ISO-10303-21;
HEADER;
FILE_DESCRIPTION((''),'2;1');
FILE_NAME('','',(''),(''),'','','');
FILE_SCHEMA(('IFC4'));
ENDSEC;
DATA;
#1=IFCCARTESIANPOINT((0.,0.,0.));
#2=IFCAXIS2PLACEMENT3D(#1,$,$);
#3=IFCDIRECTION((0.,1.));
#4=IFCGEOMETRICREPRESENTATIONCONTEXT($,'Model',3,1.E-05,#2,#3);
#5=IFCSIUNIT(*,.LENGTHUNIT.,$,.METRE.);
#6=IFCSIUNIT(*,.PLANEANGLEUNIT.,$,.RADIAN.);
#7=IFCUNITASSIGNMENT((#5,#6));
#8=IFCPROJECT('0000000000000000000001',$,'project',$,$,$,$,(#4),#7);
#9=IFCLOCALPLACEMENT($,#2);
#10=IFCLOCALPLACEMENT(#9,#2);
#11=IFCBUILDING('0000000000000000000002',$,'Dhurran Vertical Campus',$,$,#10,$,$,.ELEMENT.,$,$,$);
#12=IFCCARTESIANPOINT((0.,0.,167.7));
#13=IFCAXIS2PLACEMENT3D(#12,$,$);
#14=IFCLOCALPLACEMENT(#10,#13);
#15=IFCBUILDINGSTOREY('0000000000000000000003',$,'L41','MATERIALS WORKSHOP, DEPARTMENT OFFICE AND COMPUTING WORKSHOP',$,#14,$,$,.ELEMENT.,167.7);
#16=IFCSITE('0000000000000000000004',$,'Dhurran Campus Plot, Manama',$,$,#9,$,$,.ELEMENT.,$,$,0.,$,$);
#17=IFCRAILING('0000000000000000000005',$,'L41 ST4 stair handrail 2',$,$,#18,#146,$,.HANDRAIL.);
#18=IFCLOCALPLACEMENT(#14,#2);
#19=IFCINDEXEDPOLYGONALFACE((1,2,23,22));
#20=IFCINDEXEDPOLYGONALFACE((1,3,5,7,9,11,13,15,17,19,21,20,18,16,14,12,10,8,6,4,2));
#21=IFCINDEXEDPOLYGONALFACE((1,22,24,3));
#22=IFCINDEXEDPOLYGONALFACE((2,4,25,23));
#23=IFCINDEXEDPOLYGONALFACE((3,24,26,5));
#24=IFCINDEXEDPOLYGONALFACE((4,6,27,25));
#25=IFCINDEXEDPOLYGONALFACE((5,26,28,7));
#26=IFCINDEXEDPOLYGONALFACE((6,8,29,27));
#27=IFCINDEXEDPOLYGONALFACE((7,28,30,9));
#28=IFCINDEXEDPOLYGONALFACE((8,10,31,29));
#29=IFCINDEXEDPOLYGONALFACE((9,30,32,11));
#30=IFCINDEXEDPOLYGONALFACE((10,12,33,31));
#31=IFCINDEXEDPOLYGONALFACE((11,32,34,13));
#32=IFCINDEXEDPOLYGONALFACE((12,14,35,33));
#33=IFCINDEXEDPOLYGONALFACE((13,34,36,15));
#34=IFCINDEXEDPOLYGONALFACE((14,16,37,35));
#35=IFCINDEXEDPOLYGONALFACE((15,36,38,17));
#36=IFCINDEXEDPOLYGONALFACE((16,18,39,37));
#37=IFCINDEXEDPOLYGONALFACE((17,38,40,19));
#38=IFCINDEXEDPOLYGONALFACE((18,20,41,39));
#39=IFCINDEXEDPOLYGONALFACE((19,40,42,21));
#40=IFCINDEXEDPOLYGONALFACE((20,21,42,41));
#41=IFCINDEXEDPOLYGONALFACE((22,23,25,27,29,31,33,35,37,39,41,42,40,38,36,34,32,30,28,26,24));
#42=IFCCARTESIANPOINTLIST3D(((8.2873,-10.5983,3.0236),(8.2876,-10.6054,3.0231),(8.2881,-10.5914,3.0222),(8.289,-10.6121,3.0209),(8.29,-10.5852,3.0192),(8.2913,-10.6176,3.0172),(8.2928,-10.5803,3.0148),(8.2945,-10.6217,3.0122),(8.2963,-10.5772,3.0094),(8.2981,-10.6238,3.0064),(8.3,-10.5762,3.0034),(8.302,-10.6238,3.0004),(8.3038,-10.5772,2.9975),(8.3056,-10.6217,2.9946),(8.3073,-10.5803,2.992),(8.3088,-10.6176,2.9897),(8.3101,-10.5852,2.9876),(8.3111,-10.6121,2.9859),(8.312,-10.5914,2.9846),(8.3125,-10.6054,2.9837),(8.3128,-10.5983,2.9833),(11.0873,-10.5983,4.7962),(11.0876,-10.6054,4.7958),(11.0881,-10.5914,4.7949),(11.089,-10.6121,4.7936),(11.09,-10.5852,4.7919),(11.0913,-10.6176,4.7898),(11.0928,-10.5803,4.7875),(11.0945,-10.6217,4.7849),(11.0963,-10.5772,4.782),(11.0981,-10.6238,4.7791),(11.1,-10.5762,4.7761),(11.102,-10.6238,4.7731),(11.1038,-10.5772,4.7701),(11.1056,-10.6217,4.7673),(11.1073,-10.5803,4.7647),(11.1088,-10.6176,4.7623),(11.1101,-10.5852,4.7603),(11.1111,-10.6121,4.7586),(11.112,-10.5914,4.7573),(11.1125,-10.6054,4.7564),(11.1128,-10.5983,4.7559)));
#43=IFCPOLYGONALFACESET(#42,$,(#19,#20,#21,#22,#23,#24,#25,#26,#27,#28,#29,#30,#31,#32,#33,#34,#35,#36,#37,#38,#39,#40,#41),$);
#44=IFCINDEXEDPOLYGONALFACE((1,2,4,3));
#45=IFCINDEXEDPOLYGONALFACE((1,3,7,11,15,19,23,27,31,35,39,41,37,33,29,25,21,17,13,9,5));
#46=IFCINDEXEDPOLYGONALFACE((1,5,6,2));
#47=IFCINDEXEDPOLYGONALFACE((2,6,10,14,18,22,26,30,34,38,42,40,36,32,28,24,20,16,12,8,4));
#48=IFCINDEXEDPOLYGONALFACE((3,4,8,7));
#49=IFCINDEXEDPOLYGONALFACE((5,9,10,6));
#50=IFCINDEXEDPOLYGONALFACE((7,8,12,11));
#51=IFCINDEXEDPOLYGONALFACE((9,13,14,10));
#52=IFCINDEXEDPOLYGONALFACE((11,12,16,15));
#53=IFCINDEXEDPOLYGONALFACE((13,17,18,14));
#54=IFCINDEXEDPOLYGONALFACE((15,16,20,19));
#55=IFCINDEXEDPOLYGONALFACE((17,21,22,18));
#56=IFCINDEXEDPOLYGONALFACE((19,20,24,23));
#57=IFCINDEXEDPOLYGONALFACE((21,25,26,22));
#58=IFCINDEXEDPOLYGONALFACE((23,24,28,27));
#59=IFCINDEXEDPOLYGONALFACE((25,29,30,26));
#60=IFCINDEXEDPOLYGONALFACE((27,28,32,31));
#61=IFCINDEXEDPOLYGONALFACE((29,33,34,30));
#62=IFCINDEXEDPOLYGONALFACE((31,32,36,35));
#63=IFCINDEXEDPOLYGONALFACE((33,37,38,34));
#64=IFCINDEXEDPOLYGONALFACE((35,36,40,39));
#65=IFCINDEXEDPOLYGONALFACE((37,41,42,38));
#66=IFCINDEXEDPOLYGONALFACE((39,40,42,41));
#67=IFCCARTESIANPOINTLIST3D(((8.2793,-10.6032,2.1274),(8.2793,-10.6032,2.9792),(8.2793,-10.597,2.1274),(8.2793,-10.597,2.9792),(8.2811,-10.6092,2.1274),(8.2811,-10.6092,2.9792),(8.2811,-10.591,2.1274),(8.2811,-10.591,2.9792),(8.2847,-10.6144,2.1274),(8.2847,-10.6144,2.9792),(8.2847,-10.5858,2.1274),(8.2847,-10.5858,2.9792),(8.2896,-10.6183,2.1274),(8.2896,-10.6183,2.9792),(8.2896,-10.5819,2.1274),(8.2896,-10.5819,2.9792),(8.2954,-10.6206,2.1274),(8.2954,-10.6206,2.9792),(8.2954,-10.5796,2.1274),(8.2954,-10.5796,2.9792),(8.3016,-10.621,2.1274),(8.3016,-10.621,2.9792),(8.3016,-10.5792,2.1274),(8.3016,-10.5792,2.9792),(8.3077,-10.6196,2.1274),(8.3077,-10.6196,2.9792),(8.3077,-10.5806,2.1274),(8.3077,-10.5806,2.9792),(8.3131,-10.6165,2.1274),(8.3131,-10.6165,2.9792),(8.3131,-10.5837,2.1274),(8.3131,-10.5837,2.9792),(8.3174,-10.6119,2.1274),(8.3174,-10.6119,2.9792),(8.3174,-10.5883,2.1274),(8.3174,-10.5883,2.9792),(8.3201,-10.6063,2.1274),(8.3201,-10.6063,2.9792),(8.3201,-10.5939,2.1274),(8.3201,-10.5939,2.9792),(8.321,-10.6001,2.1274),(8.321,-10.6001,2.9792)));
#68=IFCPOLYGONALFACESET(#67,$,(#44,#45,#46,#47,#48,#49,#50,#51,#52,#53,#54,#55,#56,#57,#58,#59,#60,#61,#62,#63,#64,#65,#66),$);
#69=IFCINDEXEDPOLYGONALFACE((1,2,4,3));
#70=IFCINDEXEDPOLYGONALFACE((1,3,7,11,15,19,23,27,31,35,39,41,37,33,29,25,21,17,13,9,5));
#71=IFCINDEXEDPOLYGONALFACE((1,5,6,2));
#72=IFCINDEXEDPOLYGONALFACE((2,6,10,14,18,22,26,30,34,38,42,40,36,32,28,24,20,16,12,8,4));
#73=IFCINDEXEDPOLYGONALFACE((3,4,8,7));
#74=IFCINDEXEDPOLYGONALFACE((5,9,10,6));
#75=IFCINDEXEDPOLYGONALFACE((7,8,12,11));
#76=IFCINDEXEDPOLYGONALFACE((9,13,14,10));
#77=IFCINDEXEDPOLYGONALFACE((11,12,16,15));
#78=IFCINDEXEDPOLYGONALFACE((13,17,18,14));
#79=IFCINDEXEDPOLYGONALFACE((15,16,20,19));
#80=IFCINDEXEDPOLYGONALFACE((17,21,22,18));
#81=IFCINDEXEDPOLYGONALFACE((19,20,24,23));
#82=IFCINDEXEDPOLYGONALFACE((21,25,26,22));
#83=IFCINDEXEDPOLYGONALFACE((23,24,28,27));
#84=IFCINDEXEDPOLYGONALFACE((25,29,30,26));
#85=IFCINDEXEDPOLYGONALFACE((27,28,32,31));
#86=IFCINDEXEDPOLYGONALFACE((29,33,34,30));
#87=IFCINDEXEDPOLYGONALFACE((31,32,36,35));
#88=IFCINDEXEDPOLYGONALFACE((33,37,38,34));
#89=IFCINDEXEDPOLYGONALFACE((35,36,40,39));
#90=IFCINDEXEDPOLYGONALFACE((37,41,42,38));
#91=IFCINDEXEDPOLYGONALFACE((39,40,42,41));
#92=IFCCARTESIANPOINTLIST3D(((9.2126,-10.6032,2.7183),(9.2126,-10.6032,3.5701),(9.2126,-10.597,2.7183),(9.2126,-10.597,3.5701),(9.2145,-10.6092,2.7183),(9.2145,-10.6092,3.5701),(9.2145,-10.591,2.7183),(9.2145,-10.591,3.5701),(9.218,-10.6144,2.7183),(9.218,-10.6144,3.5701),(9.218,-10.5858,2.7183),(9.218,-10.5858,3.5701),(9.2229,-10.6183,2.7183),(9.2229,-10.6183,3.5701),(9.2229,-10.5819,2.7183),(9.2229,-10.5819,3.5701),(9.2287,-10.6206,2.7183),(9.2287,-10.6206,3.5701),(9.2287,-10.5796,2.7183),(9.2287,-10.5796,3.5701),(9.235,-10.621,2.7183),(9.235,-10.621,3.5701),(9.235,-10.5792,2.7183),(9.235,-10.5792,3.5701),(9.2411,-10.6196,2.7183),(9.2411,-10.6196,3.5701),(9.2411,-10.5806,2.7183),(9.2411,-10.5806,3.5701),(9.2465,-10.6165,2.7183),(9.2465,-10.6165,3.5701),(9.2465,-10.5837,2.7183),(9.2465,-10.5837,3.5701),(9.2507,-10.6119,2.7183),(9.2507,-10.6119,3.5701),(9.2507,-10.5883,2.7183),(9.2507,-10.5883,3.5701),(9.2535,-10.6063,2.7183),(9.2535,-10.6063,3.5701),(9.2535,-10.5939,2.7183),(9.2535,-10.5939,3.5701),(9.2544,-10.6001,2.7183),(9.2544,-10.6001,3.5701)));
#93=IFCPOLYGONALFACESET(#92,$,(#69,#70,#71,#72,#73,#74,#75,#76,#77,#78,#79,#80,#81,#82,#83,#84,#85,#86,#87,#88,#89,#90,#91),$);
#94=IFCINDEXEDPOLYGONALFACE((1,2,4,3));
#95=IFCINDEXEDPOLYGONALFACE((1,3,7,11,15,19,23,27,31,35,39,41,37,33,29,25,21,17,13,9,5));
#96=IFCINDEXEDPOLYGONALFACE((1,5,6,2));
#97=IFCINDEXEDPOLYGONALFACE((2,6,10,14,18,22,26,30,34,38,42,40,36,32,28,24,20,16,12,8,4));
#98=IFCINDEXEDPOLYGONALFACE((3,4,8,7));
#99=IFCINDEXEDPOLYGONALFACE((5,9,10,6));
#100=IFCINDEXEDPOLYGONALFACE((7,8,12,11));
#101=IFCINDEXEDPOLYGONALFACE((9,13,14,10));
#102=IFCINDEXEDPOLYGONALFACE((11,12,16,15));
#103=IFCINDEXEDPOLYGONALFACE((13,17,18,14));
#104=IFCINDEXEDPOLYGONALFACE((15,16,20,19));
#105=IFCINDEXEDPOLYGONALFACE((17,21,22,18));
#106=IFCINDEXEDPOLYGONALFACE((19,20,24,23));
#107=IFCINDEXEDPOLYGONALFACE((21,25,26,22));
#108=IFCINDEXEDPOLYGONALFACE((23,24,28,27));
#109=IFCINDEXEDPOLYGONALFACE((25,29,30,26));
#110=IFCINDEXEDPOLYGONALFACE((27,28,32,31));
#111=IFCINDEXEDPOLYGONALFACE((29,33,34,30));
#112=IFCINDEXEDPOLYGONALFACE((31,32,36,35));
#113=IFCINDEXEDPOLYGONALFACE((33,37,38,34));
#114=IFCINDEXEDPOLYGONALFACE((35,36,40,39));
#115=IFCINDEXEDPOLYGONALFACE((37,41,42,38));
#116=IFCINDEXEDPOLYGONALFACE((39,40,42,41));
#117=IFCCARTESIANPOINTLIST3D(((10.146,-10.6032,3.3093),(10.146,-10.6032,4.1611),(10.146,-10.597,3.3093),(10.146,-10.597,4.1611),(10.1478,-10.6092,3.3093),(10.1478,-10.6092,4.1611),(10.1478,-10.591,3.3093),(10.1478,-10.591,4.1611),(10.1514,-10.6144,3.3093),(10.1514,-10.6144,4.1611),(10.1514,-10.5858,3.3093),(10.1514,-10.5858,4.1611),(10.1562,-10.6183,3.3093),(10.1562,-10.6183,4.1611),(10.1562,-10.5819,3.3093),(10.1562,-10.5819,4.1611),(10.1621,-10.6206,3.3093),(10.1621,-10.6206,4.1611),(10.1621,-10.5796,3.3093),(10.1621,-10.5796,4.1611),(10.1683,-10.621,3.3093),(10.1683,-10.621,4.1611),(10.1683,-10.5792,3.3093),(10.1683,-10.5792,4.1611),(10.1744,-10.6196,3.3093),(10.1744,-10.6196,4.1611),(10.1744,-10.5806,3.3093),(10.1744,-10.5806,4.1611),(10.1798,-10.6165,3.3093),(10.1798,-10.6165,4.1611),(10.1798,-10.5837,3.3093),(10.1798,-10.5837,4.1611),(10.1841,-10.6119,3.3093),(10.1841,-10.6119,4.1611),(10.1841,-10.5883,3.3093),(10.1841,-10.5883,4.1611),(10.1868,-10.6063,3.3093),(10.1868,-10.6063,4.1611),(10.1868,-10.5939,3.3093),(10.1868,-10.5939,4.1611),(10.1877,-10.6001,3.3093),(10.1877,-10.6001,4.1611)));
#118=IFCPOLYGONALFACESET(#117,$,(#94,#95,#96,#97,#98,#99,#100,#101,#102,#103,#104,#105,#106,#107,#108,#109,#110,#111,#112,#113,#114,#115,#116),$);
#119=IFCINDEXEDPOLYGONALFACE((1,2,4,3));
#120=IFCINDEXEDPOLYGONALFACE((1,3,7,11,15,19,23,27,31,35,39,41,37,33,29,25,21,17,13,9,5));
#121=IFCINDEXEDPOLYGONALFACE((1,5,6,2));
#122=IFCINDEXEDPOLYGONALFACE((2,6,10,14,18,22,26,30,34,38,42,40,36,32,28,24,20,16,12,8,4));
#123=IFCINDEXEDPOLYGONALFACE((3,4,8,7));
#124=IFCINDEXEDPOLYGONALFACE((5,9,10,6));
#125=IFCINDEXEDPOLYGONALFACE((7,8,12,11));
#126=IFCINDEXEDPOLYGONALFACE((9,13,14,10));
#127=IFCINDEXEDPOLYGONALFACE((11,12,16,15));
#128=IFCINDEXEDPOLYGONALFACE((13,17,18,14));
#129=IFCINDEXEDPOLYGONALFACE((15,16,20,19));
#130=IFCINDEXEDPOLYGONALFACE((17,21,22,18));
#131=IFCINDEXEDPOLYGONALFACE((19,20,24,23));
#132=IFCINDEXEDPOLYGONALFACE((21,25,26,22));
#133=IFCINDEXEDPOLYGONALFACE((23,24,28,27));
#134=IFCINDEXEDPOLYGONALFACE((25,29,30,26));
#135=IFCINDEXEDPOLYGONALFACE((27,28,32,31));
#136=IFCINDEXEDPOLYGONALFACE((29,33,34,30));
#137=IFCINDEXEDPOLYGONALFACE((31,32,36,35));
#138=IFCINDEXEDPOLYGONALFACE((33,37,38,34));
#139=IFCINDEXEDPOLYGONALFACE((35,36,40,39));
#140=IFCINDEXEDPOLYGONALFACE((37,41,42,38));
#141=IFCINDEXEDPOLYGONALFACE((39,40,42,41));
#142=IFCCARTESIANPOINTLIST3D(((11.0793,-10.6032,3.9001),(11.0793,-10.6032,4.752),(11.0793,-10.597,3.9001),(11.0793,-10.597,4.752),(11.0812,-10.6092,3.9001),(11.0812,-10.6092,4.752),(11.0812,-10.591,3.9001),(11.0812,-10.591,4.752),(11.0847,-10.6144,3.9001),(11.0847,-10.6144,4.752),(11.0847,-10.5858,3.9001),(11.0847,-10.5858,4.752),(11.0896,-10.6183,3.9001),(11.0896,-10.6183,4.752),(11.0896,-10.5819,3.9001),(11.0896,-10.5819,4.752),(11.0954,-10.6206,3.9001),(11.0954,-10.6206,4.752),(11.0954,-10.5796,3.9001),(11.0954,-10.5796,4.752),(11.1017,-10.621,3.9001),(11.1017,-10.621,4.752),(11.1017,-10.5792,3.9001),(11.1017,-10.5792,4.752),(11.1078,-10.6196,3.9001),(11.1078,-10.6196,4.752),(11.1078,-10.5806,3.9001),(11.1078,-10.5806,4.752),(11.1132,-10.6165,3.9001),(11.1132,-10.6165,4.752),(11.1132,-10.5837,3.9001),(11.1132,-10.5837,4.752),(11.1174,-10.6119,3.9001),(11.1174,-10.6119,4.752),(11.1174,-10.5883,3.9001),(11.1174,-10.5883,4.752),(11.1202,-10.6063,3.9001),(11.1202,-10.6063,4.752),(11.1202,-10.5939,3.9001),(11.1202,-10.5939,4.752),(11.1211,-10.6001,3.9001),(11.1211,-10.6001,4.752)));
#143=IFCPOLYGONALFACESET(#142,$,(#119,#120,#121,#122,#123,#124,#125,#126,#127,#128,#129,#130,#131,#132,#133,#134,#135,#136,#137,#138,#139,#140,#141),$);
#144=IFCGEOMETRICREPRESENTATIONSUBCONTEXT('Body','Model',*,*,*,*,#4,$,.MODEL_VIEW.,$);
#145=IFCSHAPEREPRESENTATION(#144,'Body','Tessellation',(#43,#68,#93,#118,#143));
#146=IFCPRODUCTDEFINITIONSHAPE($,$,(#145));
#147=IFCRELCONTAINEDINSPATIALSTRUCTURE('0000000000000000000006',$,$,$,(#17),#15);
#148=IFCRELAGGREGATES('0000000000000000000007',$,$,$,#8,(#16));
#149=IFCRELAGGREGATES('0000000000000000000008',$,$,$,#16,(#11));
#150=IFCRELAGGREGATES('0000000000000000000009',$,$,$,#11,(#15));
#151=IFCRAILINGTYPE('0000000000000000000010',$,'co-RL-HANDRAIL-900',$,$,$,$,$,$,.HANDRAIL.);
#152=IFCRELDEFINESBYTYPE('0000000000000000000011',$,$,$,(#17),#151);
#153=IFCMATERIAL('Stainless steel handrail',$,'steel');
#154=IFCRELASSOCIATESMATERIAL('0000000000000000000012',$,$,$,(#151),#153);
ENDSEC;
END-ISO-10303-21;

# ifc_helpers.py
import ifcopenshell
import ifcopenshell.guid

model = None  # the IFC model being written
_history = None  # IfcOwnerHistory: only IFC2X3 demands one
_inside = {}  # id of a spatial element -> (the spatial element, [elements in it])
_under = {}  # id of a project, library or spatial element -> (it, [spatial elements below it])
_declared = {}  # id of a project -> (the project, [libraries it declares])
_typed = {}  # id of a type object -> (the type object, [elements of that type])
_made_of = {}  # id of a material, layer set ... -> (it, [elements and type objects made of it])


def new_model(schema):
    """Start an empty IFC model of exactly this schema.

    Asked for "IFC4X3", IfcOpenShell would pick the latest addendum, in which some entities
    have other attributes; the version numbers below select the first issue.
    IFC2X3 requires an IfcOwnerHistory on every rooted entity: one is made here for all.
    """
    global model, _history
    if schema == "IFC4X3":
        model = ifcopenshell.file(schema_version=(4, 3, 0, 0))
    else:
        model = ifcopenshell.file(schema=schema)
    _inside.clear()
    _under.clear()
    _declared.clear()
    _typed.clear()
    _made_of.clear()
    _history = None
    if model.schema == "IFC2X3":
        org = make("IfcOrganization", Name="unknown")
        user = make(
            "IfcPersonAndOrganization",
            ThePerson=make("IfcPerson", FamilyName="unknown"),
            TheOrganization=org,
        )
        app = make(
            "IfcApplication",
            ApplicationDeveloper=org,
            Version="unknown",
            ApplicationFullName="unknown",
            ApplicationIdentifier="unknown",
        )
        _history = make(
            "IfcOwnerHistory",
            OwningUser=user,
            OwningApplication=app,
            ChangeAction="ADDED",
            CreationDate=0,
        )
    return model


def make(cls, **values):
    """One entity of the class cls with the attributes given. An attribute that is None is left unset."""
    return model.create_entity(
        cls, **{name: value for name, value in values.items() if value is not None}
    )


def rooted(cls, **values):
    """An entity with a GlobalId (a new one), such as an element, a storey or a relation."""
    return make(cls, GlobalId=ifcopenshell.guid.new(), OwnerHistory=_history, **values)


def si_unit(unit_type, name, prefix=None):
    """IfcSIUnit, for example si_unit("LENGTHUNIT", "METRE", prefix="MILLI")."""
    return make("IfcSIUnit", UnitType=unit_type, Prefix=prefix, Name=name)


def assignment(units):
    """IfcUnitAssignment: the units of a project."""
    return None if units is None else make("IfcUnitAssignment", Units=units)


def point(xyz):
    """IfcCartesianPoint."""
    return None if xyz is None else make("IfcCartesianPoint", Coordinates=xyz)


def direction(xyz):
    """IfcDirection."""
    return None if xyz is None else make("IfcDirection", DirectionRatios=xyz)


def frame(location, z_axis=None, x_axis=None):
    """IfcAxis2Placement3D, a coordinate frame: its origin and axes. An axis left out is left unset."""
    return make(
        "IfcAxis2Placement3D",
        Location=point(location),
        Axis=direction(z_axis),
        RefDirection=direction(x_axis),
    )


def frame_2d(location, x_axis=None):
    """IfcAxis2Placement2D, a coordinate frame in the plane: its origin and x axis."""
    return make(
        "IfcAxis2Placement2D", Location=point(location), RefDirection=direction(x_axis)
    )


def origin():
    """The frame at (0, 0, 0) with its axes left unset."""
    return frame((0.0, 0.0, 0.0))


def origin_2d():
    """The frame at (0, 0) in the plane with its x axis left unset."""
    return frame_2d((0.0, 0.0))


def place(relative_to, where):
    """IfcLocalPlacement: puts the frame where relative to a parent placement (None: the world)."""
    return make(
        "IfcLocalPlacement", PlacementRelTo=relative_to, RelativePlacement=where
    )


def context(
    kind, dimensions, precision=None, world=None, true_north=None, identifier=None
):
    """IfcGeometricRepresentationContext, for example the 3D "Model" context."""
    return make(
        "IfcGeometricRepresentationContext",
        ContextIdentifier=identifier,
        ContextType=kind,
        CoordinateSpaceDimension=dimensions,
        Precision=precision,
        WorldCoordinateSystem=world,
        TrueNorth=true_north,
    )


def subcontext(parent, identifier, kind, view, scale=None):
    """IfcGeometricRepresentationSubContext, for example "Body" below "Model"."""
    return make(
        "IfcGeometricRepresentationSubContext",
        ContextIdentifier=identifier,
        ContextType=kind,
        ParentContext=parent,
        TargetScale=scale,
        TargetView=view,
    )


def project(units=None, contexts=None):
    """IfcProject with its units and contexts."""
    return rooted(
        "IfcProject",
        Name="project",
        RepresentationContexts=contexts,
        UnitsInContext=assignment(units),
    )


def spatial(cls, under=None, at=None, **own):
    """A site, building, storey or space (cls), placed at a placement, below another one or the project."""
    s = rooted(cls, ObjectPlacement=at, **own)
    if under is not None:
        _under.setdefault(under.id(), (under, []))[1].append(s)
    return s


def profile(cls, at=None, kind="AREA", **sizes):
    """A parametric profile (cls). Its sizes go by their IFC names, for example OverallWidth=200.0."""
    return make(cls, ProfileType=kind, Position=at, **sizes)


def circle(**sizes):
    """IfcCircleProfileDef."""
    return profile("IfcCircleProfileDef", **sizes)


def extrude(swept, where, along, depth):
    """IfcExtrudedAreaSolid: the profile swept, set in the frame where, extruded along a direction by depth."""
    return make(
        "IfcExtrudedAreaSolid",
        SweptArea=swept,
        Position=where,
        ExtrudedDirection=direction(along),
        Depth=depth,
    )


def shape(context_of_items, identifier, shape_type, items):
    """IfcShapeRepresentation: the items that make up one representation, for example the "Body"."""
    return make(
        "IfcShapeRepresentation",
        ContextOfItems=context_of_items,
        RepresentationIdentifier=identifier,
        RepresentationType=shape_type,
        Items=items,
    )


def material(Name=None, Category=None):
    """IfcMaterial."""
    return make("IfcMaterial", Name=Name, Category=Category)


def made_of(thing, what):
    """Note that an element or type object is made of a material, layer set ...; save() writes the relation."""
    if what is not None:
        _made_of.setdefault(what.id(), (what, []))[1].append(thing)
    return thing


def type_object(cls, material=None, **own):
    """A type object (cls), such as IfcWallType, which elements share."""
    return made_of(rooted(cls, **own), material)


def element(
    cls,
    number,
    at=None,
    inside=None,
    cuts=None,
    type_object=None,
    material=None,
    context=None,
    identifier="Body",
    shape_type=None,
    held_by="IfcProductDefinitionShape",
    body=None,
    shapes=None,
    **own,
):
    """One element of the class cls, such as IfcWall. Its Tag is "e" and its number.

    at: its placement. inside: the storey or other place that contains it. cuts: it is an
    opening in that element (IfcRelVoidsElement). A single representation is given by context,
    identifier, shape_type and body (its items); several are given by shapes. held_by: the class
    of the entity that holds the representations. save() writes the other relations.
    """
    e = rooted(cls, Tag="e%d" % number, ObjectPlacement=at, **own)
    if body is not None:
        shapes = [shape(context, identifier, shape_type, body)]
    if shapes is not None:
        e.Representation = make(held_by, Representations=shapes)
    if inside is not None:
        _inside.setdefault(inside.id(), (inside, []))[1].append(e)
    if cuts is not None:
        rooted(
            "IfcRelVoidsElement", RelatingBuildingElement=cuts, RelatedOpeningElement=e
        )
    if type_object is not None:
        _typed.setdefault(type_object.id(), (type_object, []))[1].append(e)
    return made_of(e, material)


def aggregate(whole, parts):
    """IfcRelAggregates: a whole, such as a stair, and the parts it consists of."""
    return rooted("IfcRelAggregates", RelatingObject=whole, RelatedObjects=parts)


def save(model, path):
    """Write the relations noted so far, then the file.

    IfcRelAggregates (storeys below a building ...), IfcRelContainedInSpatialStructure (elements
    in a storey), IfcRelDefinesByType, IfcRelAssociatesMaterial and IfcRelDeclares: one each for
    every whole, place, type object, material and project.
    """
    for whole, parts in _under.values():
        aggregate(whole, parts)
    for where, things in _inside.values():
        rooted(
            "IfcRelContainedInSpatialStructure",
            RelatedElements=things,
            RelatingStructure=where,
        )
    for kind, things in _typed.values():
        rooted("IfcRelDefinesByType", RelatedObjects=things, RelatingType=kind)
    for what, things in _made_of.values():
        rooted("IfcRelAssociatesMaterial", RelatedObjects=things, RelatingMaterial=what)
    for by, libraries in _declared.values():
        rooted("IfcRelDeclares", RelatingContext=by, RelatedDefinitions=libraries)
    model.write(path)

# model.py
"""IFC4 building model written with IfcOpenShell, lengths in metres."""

from ifc_helpers import new_model, si_unit, direction, frame, origin, origin_2d, place, context, subcontext, project, spatial, circle, extrude, material, type_object, element, save


model = new_model("IFC4")

# Units and contexts
model_context = context("Model", 3, precision=1e-05, world=origin(), true_north=direction((0.0, 1.0)))
body_context = subcontext(model_context, "Body", "Model", "MODEL_VIEW")
ifc_project = project(units=[si_unit("LENGTHUNIT", "METRE"), si_unit("PLANEANGLEUNIT", "RADIAN")], contexts=[model_context])

# Site, building, storey
site_placement = place(None, origin())
site = spatial("IfcSite", under=ifc_project, at=site_placement, Name="Dhurran Campus Plot, Manama", CompositionType="ELEMENT", RefElevation=0.0)
building_placement = place(site_placement, origin())
building = spatial("IfcBuilding", under=site, at=building_placement, Name="Dhurran Vertical Campus", CompositionType="ELEMENT")
storey_placement = place(building_placement, frame((0.0, 0.0, 167.7)))
storey = spatial("IfcBuildingStorey", under=building, at=storey_placement, Name="L41", Description="MATERIALS WORKSHOP, DEPARTMENT OFFICE AND COMPUTING WORKSHOP", CompositionType="ELEMENT", Elevation=167.7)

# Railing
ifc_material_1 = material(Name="Stainless steel handrail", Category="steel")
railing_type_1 = type_object("IfcRailingType", Name="co-RL-HANDRAIL-900", PredefinedType="HANDRAIL", material=ifc_material_1)
railing_1_placement = place(storey_placement, frame((8.3, -10.6001, 2.1274)))
element("IfcRailing", 1, at=railing_1_placement, inside=storey, type_object=railing_type_1, Name="L41 ST4 stair handrail 2", PredefinedType="HANDRAIL", context=body_context, shape_type="SweptSolid", body=[
    extrude(circle(Radius=0.0239, at=origin_2d()), frame((0.0, 0.0, 0.876), z_axis=(0.844909, 0.0, 0.53491), x_axis=(0.0, 1.0, 0.0)), (0.0, 0.0, 1.0), 3.314),
    extrude(circle(Radius=0.021, at=origin_2d()), origin(), (0.0, 0.0, 1.0), 0.8518),
    extrude(circle(Radius=0.021, at=origin_2d()), frame((0.9333, 0.0, 0.5908)), (0.0, 0.0, 1.0), 0.8518),
    extrude(circle(Radius=0.021, at=origin_2d()), frame((1.8667, 0.0, 1.1819)), (0.0, 0.0, 1.0), 0.8518),
    extrude(circle(Radius=0.021, at=origin_2d()), frame((2.8, 0.0, 1.7727)), (0.0, 0.0, 1.0), 0.8518),
])

save(model, "model.ifc")
